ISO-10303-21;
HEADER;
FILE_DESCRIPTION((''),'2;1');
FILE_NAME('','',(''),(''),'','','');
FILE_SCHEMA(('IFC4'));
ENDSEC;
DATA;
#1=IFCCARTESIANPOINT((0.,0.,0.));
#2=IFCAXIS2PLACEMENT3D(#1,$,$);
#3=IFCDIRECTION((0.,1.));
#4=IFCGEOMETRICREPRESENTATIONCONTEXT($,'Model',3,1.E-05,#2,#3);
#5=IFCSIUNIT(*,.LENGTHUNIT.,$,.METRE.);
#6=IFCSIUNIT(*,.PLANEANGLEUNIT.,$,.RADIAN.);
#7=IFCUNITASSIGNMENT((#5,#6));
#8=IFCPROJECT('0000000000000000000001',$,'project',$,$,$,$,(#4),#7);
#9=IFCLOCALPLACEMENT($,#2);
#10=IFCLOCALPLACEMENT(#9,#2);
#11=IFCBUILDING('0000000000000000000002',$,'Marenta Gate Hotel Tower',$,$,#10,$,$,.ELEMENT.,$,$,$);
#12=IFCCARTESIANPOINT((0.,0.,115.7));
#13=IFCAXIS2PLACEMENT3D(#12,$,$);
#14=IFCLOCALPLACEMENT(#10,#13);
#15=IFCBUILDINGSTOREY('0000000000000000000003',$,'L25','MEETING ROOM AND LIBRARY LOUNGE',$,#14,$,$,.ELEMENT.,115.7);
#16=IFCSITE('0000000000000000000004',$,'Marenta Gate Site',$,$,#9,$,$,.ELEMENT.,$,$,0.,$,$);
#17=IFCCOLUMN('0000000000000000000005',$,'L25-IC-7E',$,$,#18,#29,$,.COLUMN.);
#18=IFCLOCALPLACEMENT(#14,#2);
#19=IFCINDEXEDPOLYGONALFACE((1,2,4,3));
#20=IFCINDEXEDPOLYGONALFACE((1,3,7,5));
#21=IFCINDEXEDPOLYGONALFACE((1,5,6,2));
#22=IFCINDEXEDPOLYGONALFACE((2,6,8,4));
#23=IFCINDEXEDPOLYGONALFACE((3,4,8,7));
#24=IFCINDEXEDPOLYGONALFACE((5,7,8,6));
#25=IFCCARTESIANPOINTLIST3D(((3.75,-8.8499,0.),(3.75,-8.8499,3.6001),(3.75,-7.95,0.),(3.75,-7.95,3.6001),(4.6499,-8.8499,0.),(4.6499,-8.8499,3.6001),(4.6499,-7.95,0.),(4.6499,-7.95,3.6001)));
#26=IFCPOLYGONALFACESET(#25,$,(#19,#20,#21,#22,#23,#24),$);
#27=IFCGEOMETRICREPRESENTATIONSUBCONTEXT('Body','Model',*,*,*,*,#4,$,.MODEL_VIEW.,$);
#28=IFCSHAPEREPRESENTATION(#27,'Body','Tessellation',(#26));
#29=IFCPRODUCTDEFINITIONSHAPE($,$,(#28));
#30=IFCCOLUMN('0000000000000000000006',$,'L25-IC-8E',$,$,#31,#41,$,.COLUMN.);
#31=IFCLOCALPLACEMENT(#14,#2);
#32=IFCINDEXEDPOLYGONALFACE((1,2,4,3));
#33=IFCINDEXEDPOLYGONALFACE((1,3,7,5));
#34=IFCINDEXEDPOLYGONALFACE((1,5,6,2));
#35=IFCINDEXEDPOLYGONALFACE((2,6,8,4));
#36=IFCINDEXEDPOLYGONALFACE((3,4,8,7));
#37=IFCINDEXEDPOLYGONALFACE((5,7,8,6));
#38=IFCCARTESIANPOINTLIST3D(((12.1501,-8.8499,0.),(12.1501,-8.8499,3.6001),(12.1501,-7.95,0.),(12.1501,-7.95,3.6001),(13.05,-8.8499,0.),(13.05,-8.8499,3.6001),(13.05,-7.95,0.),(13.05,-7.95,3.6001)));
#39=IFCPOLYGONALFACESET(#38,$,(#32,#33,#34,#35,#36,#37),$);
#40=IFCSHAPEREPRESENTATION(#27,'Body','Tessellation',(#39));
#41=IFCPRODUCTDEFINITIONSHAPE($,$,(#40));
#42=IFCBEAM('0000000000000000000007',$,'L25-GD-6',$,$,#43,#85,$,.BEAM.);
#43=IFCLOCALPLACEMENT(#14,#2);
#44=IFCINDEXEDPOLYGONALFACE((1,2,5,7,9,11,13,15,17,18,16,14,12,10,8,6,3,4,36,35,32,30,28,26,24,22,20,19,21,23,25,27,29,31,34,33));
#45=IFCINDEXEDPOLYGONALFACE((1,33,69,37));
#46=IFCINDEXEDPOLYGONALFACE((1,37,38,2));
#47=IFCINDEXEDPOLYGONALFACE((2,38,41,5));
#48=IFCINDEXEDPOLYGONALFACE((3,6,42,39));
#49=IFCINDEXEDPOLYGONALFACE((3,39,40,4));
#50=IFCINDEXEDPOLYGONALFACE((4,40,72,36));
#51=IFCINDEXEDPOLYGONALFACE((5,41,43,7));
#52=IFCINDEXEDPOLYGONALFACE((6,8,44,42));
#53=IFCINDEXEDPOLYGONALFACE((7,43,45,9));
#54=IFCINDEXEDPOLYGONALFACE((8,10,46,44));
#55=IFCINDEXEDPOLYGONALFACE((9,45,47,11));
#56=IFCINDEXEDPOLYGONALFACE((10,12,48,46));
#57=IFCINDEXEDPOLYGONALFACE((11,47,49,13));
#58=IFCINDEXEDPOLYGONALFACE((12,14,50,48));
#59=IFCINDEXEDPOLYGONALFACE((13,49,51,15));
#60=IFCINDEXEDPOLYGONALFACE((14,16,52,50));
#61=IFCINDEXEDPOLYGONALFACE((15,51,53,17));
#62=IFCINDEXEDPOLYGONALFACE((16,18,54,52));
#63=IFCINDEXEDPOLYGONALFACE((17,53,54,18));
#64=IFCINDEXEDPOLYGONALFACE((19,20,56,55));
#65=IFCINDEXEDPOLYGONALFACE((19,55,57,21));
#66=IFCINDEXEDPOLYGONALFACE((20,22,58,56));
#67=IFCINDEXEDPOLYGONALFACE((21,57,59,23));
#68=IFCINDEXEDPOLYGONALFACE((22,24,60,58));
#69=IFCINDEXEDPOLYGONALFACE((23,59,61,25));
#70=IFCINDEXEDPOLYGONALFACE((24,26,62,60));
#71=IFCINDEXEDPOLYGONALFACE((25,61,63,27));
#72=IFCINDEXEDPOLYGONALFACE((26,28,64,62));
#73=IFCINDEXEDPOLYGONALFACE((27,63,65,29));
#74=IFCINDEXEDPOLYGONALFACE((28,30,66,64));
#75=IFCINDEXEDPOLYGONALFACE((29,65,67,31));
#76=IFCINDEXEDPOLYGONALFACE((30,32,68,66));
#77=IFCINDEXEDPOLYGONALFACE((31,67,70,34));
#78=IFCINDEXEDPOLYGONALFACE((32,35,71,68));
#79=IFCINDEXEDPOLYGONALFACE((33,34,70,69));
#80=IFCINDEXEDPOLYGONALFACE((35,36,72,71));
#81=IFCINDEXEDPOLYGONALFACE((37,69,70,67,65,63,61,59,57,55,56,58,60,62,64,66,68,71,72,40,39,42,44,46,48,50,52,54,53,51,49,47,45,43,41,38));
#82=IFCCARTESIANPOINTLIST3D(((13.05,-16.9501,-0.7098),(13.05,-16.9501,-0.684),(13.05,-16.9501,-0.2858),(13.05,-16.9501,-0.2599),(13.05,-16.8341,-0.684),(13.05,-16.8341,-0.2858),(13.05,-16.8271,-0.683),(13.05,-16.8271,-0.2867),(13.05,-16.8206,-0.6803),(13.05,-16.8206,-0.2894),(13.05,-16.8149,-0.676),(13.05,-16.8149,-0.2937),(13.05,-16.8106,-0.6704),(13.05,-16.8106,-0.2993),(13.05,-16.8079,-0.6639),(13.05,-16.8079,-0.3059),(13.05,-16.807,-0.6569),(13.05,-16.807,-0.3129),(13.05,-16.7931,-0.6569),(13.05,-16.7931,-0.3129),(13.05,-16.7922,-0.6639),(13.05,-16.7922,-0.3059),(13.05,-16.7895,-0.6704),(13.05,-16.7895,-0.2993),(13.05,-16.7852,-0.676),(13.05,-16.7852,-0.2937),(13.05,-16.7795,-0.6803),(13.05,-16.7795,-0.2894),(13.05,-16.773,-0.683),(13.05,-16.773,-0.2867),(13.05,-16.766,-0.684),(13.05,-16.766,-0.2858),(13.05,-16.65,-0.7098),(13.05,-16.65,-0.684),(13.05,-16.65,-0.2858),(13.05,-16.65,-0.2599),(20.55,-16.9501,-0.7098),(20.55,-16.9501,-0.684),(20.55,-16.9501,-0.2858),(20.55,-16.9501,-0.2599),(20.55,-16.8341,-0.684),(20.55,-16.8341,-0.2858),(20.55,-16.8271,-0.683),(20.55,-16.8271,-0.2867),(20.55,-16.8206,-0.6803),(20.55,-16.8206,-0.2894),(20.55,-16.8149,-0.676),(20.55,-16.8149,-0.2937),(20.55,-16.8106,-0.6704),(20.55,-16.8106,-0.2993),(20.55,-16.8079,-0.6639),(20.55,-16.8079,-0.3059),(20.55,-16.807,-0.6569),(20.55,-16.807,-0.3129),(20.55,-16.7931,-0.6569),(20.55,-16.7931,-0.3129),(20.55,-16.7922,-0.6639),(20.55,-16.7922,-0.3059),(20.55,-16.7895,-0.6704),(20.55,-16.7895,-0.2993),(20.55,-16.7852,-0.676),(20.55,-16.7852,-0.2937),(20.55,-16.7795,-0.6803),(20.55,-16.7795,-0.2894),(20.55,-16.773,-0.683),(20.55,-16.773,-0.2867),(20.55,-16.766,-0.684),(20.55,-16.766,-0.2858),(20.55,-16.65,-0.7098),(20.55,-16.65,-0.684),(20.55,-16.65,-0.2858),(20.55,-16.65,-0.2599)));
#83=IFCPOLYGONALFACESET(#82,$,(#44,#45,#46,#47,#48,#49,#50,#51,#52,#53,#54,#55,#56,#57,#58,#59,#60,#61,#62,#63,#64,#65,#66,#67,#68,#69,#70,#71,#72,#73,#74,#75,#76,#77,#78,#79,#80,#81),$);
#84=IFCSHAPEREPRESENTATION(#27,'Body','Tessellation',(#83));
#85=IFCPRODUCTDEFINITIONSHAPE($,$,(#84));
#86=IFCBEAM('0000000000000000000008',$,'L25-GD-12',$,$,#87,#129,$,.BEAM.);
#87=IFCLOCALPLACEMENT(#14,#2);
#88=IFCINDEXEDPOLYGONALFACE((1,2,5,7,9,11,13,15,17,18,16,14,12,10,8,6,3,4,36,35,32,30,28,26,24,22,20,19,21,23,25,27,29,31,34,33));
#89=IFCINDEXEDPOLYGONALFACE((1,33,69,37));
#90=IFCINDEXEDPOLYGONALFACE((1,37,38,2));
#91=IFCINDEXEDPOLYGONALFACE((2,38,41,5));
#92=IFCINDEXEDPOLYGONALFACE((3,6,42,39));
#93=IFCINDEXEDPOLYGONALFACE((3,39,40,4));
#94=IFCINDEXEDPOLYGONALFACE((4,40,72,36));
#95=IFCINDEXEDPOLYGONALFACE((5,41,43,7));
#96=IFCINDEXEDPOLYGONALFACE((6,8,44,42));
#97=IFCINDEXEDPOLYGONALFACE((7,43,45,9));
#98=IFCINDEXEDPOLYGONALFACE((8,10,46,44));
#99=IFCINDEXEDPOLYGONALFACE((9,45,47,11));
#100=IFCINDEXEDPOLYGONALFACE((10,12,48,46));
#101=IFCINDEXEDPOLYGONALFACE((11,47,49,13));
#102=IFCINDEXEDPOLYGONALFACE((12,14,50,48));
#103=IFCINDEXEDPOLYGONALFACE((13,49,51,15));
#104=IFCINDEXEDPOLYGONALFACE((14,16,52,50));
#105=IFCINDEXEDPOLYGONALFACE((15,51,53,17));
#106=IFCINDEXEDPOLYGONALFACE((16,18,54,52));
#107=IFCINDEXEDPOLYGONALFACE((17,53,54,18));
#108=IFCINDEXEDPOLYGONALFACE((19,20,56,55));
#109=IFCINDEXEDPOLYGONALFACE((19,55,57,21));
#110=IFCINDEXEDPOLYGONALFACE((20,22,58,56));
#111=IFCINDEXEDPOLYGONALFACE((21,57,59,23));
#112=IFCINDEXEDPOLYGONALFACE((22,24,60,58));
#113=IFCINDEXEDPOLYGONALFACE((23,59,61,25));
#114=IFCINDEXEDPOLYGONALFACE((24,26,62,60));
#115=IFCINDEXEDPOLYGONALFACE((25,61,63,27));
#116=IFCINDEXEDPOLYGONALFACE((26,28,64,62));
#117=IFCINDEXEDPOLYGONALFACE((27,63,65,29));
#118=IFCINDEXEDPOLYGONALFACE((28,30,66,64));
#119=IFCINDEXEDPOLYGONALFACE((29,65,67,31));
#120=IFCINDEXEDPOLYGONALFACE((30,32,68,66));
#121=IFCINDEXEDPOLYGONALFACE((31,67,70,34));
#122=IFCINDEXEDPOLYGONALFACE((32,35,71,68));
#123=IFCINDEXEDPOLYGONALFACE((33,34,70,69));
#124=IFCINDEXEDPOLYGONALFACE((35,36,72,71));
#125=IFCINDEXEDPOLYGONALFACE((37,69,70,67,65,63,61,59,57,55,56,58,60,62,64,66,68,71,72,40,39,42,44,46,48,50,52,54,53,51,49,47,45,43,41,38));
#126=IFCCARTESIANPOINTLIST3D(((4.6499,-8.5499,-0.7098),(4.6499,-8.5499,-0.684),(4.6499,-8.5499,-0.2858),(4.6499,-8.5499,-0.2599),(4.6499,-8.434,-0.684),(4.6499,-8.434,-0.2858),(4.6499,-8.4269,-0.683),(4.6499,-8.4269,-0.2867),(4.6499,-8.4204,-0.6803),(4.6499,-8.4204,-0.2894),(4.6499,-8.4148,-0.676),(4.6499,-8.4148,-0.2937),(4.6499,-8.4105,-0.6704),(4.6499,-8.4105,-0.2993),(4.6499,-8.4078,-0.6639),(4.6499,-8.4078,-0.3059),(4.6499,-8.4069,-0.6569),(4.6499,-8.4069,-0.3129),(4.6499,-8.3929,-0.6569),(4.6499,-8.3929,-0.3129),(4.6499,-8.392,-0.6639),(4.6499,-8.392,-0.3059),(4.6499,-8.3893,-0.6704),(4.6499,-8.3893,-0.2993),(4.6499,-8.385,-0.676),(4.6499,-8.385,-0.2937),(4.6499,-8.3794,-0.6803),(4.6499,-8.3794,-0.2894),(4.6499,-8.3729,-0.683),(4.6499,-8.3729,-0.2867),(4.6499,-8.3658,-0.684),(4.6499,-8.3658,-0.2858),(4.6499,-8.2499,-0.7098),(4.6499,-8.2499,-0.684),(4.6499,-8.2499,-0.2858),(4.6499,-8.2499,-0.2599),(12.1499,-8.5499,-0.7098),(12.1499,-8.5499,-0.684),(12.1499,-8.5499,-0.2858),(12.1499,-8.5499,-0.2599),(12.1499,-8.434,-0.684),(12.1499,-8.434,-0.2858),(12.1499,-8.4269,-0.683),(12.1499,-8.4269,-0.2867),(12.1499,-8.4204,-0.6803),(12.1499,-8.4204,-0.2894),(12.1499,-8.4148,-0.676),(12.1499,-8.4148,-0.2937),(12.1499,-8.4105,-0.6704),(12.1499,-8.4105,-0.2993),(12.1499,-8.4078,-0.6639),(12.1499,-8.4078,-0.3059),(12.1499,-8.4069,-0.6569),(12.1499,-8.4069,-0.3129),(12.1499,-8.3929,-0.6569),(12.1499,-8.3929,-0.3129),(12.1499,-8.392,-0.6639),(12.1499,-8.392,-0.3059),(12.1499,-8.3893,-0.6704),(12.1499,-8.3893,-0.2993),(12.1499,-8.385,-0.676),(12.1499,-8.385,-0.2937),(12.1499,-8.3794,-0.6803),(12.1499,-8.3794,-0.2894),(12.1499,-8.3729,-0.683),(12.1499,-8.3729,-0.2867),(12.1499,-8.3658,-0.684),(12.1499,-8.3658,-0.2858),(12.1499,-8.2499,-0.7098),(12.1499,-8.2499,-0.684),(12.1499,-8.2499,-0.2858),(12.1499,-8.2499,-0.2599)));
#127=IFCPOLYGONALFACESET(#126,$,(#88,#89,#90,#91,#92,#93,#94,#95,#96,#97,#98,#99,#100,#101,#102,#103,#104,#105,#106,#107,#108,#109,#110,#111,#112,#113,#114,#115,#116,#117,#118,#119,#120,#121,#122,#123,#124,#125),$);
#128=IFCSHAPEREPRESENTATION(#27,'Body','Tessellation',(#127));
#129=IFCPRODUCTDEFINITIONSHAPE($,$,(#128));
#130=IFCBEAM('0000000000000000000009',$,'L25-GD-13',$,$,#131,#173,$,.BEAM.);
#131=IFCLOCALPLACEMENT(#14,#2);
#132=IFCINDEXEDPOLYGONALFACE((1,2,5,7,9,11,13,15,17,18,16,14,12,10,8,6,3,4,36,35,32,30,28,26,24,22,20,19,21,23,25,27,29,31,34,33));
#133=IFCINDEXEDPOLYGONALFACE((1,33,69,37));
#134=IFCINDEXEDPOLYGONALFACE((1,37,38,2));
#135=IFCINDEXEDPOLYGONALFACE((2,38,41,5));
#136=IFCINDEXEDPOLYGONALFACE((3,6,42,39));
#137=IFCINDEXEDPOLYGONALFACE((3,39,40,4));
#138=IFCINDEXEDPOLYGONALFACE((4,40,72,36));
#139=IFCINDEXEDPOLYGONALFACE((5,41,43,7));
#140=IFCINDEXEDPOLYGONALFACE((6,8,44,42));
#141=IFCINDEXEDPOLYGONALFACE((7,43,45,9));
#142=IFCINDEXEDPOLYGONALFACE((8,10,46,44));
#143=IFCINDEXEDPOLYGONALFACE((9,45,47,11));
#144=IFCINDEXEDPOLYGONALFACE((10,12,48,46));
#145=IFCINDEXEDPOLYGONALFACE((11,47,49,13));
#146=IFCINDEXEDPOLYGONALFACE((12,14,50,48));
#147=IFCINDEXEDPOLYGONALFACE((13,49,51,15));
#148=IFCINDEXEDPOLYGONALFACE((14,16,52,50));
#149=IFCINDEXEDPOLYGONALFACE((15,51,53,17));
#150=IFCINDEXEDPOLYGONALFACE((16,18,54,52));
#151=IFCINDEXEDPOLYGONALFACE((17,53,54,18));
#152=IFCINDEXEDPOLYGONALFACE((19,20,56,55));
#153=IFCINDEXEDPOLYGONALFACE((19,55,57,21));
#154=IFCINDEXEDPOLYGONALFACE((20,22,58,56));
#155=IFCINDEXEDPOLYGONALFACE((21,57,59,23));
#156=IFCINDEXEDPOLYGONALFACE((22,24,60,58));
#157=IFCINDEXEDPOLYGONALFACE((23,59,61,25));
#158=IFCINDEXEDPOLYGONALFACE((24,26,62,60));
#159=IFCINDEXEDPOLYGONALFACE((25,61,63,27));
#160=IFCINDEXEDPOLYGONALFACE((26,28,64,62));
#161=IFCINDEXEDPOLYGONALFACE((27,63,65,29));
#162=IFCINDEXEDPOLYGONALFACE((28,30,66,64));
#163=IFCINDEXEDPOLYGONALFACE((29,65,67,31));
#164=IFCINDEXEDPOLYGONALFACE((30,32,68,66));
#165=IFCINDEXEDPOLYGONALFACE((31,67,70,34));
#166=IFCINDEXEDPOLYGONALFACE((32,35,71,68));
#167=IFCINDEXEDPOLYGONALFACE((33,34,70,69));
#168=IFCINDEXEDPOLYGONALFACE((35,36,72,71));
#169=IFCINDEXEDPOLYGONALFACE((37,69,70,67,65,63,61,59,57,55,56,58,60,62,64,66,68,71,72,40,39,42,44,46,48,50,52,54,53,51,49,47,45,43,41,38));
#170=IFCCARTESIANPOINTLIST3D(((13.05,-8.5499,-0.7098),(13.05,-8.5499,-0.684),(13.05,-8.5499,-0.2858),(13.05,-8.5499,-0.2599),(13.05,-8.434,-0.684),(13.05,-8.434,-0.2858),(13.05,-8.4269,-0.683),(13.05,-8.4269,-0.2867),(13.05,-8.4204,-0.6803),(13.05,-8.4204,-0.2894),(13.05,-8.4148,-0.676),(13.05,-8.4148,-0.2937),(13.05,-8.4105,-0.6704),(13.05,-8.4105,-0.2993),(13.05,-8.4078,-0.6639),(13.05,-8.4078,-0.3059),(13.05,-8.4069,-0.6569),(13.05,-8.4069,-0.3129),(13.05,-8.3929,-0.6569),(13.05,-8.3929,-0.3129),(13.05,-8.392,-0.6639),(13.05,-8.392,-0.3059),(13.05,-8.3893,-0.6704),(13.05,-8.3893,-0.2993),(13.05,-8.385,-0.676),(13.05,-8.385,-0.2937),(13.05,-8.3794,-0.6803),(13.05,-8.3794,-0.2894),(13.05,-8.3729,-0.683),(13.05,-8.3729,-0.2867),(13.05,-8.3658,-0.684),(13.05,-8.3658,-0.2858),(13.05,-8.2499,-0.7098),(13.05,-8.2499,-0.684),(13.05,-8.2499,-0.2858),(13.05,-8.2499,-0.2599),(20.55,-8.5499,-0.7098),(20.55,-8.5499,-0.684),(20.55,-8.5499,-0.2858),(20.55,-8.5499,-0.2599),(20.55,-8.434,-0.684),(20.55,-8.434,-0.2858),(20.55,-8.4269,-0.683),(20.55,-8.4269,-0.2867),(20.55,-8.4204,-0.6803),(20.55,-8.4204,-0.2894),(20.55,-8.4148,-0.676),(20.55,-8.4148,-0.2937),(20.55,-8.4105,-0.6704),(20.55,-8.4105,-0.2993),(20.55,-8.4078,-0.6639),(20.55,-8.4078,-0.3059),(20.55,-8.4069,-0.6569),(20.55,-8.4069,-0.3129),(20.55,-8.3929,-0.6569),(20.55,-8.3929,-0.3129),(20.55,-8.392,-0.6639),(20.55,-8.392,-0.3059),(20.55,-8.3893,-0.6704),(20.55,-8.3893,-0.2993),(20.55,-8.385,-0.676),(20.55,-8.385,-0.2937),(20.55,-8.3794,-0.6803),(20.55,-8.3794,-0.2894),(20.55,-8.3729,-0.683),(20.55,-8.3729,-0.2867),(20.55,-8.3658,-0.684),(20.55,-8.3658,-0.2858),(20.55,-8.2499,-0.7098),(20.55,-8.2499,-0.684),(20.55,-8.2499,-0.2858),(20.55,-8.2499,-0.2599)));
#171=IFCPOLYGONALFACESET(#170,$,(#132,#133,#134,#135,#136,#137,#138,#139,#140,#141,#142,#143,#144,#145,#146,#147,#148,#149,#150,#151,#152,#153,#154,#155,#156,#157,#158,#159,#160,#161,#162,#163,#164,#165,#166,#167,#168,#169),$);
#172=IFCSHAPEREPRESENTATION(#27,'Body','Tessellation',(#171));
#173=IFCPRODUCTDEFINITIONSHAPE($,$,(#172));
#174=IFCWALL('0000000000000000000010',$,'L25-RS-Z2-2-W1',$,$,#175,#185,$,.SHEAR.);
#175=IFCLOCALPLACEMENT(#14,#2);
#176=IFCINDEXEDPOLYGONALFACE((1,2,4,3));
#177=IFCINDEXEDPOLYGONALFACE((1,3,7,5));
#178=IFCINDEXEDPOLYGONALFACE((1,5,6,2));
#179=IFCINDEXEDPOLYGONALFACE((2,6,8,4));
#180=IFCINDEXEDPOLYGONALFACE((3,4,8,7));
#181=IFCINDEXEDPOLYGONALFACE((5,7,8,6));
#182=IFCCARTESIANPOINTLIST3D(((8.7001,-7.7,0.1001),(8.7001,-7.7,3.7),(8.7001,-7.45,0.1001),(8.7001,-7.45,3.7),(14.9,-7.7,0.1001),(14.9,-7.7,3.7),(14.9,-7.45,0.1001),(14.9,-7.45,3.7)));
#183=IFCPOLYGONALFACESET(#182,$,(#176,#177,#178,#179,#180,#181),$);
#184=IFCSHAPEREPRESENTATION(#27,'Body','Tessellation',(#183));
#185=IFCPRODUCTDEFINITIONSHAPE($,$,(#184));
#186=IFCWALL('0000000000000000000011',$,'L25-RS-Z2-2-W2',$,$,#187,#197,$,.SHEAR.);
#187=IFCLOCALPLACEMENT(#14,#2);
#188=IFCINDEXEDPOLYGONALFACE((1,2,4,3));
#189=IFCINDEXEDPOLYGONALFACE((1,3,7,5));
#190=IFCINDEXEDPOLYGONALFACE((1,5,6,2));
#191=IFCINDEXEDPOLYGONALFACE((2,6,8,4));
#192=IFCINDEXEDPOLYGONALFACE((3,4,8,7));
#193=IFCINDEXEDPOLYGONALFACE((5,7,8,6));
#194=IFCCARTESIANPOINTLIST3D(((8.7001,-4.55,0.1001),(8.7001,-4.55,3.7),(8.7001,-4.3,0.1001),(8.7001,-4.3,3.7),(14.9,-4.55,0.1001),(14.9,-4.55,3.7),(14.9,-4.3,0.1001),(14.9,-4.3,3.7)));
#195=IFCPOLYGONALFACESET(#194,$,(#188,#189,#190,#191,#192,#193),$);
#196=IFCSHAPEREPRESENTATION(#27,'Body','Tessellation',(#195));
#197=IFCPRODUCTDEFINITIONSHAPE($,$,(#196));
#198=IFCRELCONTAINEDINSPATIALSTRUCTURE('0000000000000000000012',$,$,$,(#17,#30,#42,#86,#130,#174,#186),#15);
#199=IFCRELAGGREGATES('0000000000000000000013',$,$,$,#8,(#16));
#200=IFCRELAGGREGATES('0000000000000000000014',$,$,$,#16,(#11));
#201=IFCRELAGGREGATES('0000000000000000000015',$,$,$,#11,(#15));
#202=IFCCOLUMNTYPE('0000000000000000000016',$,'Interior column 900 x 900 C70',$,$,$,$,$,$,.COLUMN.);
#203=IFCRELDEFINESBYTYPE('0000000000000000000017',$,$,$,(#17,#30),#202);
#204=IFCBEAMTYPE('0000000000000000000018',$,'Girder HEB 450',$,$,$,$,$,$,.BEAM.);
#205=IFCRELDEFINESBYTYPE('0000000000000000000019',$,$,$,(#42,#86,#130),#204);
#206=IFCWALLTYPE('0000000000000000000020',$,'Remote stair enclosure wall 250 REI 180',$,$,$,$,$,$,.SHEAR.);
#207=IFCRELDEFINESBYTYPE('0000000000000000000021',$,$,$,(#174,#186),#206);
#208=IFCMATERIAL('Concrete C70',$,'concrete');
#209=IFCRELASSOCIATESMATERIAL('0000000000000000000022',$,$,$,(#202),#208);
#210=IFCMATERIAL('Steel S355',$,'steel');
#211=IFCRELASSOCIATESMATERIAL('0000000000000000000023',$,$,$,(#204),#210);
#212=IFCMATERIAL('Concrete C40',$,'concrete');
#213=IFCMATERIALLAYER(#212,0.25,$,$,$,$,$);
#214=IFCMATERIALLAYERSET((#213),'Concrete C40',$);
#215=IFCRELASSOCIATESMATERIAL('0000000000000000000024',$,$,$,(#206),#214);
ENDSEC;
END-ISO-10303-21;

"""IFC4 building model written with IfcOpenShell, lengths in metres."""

from ifc_helpers import new_model, si_unit, direction, frame, frame_2d, origin, origin_2d, place, context, subcontext, project, spatial, rectangle, i_section, extrude, material, layer, layer_set, material_profile, profile_set, type_object, element, save


model = new_model("IFC4")

# Units and contexts
model_context = context("Model", 3, precision=1e-05, world=origin(), true_north=direction((0.0, 1.0)))
body_context = subcontext(model_context, "Body", "Model", "MODEL_VIEW")
ifc_project = project(units=[si_unit("LENGTHUNIT", "METRE"), si_unit("PLANEANGLEUNIT", "RADIAN")], contexts=[model_context])

# Site, building, storey
site_placement = place(None, origin())
site = spatial("IfcSite", under=ifc_project, at=site_placement, Name="Marenta Gate Site", CompositionType="ELEMENT", RefElevation=0.0)
building_placement = place(site_placement, origin())
building = spatial("IfcBuilding", under=site, at=building_placement, Name="Marenta Gate Hotel Tower", CompositionType="ELEMENT")
storey_placement = place(building_placement, frame((0.0, 0.0, 115.7)))
storey = spatial("IfcBuildingStorey", under=building, at=storey_placement, Name="L25", Description="MEETING ROOM AND LIBRARY LOUNGE", CompositionType="ELEMENT", Elevation=115.7)

# Columns
ifc_material_1 = material(Name="Concrete C70", Category="concrete")
ifc_material_profile_1 = material_profile(ifc_material_1, rectangle(XDim=0.8999, YDim=0.8999, at=origin_2d()), Name="900 x 900")
ifc_profile_set_1 = profile_set([ifc_material_profile_1], Name="Concrete C70")
column_type = type_object("IfcColumnType", Name="Interior column 900 x 900 C70", PredefinedType="COLUMN", material=ifc_profile_set_1)
for number, where, z_axis, x_axis, name in (
    (1, (4.2, -8.3999, 0.0), (0.0, 0.0, 1.0), (1.0, 0.0, 0.0), "L25-IC-7E"),
    (2, (12.6001, -8.3999, 0.0), (0.0, 0.0, 1.0), (1.0, 0.0, 0.0), "L25-IC-8E"),
):
    element("IfcColumn", number, at=place(storey_placement, frame(where, z_axis=z_axis, x_axis=x_axis)), inside=storey, type_object=column_type, Name=name, PredefinedType="COLUMN", context=body_context, shape_type="SweptSolid", body=[
        extrude(rectangle(XDim=0.8999, YDim=0.8999, at=origin_2d()), origin(), (0.0, 0.0, 1.0), 3.6001),
    ])

# Beams
ifc_material_2 = material(Name="Steel S355", Category="steel")
ifc_material_profile_2 = material_profile(ifc_material_2, i_section(OverallWidth=0.3, OverallDepth=0.45, WebThickness=0.0139, FlangeThickness=0.0259, FilletRadius=0.0271, at=origin_2d()), Name="HEB 450")
ifc_profile_set_2 = profile_set([ifc_material_profile_2], Name="Steel S355")
beam_type = type_object("IfcBeamType", Name="Girder HEB 450", PredefinedType="BEAM", material=ifc_profile_set_2)
for number, where, z_axis, x_axis, name in (
    (3, (13.05, -16.8, -0.4849), (1.0, 0.0, 0.0), (0.0, 1.0, 0.0), "L25-GD-6"),
    (4, (4.6499, -8.3999, -0.4849), (1.0, 0.0, 0.0), (0.0, 1.0, 0.0), "L25-GD-12"),
    (5, (13.05, -8.3999, -0.4849), (1.0, 0.0, 0.0), (0.0, 1.0, 0.0), "L25-GD-13"),
):
    element("IfcBeam", number, at=place(storey_placement, frame(where, z_axis=z_axis, x_axis=x_axis)), inside=storey, type_object=beam_type, Name=name, PredefinedType="BEAM", context=body_context, shape_type="SweptSolid", body=[
        extrude(i_section(OverallWidth=0.3, OverallDepth=0.45, WebThickness=0.0139, FlangeThickness=0.0259, FilletRadius=0.0271, at=origin_2d()), origin(), (0.0, 0.0, 1.0), 7.5),
    ])

# Walls
ifc_material_3 = material(Name="Concrete C40", Category="concrete")
ifc_layer_1 = layer(ifc_material_3, 0.25)
ifc_layer_set_1 = layer_set([ifc_layer_1], Name="Concrete C40")
wall_type_1 = type_object("IfcWallType", Name="Remote stair enclosure wall 250 REI 180", PredefinedType="SHEAR", material=ifc_layer_set_1)
for number, where, z_axis, x_axis, name in (
    (6, (8.7, -7.575, 0.1001), (0.0, 0.0, 1.0), (1.0, 0.0, 0.0), "L25-RS-Z2-2-W1"),
    (7, (8.7, -4.425, 0.1001), (0.0, 0.0, 1.0), (1.0, 0.0, 0.0), "L25-RS-Z2-2-W2"),
):
    element("IfcWall", number, at=place(storey_placement, frame(where, z_axis=z_axis, x_axis=x_axis)), inside=storey, type_object=wall_type_1, Name=name, PredefinedType="SHEAR", context=body_context, shape_type="SweptSolid", body=[
        extrude(rectangle(XDim=6.2, YDim=0.25, at=frame_2d((3.1001, 0.0))), origin(), (0.0, 0.0, 1.0), 3.5999),
    ])

save(model, "model.ifc")
